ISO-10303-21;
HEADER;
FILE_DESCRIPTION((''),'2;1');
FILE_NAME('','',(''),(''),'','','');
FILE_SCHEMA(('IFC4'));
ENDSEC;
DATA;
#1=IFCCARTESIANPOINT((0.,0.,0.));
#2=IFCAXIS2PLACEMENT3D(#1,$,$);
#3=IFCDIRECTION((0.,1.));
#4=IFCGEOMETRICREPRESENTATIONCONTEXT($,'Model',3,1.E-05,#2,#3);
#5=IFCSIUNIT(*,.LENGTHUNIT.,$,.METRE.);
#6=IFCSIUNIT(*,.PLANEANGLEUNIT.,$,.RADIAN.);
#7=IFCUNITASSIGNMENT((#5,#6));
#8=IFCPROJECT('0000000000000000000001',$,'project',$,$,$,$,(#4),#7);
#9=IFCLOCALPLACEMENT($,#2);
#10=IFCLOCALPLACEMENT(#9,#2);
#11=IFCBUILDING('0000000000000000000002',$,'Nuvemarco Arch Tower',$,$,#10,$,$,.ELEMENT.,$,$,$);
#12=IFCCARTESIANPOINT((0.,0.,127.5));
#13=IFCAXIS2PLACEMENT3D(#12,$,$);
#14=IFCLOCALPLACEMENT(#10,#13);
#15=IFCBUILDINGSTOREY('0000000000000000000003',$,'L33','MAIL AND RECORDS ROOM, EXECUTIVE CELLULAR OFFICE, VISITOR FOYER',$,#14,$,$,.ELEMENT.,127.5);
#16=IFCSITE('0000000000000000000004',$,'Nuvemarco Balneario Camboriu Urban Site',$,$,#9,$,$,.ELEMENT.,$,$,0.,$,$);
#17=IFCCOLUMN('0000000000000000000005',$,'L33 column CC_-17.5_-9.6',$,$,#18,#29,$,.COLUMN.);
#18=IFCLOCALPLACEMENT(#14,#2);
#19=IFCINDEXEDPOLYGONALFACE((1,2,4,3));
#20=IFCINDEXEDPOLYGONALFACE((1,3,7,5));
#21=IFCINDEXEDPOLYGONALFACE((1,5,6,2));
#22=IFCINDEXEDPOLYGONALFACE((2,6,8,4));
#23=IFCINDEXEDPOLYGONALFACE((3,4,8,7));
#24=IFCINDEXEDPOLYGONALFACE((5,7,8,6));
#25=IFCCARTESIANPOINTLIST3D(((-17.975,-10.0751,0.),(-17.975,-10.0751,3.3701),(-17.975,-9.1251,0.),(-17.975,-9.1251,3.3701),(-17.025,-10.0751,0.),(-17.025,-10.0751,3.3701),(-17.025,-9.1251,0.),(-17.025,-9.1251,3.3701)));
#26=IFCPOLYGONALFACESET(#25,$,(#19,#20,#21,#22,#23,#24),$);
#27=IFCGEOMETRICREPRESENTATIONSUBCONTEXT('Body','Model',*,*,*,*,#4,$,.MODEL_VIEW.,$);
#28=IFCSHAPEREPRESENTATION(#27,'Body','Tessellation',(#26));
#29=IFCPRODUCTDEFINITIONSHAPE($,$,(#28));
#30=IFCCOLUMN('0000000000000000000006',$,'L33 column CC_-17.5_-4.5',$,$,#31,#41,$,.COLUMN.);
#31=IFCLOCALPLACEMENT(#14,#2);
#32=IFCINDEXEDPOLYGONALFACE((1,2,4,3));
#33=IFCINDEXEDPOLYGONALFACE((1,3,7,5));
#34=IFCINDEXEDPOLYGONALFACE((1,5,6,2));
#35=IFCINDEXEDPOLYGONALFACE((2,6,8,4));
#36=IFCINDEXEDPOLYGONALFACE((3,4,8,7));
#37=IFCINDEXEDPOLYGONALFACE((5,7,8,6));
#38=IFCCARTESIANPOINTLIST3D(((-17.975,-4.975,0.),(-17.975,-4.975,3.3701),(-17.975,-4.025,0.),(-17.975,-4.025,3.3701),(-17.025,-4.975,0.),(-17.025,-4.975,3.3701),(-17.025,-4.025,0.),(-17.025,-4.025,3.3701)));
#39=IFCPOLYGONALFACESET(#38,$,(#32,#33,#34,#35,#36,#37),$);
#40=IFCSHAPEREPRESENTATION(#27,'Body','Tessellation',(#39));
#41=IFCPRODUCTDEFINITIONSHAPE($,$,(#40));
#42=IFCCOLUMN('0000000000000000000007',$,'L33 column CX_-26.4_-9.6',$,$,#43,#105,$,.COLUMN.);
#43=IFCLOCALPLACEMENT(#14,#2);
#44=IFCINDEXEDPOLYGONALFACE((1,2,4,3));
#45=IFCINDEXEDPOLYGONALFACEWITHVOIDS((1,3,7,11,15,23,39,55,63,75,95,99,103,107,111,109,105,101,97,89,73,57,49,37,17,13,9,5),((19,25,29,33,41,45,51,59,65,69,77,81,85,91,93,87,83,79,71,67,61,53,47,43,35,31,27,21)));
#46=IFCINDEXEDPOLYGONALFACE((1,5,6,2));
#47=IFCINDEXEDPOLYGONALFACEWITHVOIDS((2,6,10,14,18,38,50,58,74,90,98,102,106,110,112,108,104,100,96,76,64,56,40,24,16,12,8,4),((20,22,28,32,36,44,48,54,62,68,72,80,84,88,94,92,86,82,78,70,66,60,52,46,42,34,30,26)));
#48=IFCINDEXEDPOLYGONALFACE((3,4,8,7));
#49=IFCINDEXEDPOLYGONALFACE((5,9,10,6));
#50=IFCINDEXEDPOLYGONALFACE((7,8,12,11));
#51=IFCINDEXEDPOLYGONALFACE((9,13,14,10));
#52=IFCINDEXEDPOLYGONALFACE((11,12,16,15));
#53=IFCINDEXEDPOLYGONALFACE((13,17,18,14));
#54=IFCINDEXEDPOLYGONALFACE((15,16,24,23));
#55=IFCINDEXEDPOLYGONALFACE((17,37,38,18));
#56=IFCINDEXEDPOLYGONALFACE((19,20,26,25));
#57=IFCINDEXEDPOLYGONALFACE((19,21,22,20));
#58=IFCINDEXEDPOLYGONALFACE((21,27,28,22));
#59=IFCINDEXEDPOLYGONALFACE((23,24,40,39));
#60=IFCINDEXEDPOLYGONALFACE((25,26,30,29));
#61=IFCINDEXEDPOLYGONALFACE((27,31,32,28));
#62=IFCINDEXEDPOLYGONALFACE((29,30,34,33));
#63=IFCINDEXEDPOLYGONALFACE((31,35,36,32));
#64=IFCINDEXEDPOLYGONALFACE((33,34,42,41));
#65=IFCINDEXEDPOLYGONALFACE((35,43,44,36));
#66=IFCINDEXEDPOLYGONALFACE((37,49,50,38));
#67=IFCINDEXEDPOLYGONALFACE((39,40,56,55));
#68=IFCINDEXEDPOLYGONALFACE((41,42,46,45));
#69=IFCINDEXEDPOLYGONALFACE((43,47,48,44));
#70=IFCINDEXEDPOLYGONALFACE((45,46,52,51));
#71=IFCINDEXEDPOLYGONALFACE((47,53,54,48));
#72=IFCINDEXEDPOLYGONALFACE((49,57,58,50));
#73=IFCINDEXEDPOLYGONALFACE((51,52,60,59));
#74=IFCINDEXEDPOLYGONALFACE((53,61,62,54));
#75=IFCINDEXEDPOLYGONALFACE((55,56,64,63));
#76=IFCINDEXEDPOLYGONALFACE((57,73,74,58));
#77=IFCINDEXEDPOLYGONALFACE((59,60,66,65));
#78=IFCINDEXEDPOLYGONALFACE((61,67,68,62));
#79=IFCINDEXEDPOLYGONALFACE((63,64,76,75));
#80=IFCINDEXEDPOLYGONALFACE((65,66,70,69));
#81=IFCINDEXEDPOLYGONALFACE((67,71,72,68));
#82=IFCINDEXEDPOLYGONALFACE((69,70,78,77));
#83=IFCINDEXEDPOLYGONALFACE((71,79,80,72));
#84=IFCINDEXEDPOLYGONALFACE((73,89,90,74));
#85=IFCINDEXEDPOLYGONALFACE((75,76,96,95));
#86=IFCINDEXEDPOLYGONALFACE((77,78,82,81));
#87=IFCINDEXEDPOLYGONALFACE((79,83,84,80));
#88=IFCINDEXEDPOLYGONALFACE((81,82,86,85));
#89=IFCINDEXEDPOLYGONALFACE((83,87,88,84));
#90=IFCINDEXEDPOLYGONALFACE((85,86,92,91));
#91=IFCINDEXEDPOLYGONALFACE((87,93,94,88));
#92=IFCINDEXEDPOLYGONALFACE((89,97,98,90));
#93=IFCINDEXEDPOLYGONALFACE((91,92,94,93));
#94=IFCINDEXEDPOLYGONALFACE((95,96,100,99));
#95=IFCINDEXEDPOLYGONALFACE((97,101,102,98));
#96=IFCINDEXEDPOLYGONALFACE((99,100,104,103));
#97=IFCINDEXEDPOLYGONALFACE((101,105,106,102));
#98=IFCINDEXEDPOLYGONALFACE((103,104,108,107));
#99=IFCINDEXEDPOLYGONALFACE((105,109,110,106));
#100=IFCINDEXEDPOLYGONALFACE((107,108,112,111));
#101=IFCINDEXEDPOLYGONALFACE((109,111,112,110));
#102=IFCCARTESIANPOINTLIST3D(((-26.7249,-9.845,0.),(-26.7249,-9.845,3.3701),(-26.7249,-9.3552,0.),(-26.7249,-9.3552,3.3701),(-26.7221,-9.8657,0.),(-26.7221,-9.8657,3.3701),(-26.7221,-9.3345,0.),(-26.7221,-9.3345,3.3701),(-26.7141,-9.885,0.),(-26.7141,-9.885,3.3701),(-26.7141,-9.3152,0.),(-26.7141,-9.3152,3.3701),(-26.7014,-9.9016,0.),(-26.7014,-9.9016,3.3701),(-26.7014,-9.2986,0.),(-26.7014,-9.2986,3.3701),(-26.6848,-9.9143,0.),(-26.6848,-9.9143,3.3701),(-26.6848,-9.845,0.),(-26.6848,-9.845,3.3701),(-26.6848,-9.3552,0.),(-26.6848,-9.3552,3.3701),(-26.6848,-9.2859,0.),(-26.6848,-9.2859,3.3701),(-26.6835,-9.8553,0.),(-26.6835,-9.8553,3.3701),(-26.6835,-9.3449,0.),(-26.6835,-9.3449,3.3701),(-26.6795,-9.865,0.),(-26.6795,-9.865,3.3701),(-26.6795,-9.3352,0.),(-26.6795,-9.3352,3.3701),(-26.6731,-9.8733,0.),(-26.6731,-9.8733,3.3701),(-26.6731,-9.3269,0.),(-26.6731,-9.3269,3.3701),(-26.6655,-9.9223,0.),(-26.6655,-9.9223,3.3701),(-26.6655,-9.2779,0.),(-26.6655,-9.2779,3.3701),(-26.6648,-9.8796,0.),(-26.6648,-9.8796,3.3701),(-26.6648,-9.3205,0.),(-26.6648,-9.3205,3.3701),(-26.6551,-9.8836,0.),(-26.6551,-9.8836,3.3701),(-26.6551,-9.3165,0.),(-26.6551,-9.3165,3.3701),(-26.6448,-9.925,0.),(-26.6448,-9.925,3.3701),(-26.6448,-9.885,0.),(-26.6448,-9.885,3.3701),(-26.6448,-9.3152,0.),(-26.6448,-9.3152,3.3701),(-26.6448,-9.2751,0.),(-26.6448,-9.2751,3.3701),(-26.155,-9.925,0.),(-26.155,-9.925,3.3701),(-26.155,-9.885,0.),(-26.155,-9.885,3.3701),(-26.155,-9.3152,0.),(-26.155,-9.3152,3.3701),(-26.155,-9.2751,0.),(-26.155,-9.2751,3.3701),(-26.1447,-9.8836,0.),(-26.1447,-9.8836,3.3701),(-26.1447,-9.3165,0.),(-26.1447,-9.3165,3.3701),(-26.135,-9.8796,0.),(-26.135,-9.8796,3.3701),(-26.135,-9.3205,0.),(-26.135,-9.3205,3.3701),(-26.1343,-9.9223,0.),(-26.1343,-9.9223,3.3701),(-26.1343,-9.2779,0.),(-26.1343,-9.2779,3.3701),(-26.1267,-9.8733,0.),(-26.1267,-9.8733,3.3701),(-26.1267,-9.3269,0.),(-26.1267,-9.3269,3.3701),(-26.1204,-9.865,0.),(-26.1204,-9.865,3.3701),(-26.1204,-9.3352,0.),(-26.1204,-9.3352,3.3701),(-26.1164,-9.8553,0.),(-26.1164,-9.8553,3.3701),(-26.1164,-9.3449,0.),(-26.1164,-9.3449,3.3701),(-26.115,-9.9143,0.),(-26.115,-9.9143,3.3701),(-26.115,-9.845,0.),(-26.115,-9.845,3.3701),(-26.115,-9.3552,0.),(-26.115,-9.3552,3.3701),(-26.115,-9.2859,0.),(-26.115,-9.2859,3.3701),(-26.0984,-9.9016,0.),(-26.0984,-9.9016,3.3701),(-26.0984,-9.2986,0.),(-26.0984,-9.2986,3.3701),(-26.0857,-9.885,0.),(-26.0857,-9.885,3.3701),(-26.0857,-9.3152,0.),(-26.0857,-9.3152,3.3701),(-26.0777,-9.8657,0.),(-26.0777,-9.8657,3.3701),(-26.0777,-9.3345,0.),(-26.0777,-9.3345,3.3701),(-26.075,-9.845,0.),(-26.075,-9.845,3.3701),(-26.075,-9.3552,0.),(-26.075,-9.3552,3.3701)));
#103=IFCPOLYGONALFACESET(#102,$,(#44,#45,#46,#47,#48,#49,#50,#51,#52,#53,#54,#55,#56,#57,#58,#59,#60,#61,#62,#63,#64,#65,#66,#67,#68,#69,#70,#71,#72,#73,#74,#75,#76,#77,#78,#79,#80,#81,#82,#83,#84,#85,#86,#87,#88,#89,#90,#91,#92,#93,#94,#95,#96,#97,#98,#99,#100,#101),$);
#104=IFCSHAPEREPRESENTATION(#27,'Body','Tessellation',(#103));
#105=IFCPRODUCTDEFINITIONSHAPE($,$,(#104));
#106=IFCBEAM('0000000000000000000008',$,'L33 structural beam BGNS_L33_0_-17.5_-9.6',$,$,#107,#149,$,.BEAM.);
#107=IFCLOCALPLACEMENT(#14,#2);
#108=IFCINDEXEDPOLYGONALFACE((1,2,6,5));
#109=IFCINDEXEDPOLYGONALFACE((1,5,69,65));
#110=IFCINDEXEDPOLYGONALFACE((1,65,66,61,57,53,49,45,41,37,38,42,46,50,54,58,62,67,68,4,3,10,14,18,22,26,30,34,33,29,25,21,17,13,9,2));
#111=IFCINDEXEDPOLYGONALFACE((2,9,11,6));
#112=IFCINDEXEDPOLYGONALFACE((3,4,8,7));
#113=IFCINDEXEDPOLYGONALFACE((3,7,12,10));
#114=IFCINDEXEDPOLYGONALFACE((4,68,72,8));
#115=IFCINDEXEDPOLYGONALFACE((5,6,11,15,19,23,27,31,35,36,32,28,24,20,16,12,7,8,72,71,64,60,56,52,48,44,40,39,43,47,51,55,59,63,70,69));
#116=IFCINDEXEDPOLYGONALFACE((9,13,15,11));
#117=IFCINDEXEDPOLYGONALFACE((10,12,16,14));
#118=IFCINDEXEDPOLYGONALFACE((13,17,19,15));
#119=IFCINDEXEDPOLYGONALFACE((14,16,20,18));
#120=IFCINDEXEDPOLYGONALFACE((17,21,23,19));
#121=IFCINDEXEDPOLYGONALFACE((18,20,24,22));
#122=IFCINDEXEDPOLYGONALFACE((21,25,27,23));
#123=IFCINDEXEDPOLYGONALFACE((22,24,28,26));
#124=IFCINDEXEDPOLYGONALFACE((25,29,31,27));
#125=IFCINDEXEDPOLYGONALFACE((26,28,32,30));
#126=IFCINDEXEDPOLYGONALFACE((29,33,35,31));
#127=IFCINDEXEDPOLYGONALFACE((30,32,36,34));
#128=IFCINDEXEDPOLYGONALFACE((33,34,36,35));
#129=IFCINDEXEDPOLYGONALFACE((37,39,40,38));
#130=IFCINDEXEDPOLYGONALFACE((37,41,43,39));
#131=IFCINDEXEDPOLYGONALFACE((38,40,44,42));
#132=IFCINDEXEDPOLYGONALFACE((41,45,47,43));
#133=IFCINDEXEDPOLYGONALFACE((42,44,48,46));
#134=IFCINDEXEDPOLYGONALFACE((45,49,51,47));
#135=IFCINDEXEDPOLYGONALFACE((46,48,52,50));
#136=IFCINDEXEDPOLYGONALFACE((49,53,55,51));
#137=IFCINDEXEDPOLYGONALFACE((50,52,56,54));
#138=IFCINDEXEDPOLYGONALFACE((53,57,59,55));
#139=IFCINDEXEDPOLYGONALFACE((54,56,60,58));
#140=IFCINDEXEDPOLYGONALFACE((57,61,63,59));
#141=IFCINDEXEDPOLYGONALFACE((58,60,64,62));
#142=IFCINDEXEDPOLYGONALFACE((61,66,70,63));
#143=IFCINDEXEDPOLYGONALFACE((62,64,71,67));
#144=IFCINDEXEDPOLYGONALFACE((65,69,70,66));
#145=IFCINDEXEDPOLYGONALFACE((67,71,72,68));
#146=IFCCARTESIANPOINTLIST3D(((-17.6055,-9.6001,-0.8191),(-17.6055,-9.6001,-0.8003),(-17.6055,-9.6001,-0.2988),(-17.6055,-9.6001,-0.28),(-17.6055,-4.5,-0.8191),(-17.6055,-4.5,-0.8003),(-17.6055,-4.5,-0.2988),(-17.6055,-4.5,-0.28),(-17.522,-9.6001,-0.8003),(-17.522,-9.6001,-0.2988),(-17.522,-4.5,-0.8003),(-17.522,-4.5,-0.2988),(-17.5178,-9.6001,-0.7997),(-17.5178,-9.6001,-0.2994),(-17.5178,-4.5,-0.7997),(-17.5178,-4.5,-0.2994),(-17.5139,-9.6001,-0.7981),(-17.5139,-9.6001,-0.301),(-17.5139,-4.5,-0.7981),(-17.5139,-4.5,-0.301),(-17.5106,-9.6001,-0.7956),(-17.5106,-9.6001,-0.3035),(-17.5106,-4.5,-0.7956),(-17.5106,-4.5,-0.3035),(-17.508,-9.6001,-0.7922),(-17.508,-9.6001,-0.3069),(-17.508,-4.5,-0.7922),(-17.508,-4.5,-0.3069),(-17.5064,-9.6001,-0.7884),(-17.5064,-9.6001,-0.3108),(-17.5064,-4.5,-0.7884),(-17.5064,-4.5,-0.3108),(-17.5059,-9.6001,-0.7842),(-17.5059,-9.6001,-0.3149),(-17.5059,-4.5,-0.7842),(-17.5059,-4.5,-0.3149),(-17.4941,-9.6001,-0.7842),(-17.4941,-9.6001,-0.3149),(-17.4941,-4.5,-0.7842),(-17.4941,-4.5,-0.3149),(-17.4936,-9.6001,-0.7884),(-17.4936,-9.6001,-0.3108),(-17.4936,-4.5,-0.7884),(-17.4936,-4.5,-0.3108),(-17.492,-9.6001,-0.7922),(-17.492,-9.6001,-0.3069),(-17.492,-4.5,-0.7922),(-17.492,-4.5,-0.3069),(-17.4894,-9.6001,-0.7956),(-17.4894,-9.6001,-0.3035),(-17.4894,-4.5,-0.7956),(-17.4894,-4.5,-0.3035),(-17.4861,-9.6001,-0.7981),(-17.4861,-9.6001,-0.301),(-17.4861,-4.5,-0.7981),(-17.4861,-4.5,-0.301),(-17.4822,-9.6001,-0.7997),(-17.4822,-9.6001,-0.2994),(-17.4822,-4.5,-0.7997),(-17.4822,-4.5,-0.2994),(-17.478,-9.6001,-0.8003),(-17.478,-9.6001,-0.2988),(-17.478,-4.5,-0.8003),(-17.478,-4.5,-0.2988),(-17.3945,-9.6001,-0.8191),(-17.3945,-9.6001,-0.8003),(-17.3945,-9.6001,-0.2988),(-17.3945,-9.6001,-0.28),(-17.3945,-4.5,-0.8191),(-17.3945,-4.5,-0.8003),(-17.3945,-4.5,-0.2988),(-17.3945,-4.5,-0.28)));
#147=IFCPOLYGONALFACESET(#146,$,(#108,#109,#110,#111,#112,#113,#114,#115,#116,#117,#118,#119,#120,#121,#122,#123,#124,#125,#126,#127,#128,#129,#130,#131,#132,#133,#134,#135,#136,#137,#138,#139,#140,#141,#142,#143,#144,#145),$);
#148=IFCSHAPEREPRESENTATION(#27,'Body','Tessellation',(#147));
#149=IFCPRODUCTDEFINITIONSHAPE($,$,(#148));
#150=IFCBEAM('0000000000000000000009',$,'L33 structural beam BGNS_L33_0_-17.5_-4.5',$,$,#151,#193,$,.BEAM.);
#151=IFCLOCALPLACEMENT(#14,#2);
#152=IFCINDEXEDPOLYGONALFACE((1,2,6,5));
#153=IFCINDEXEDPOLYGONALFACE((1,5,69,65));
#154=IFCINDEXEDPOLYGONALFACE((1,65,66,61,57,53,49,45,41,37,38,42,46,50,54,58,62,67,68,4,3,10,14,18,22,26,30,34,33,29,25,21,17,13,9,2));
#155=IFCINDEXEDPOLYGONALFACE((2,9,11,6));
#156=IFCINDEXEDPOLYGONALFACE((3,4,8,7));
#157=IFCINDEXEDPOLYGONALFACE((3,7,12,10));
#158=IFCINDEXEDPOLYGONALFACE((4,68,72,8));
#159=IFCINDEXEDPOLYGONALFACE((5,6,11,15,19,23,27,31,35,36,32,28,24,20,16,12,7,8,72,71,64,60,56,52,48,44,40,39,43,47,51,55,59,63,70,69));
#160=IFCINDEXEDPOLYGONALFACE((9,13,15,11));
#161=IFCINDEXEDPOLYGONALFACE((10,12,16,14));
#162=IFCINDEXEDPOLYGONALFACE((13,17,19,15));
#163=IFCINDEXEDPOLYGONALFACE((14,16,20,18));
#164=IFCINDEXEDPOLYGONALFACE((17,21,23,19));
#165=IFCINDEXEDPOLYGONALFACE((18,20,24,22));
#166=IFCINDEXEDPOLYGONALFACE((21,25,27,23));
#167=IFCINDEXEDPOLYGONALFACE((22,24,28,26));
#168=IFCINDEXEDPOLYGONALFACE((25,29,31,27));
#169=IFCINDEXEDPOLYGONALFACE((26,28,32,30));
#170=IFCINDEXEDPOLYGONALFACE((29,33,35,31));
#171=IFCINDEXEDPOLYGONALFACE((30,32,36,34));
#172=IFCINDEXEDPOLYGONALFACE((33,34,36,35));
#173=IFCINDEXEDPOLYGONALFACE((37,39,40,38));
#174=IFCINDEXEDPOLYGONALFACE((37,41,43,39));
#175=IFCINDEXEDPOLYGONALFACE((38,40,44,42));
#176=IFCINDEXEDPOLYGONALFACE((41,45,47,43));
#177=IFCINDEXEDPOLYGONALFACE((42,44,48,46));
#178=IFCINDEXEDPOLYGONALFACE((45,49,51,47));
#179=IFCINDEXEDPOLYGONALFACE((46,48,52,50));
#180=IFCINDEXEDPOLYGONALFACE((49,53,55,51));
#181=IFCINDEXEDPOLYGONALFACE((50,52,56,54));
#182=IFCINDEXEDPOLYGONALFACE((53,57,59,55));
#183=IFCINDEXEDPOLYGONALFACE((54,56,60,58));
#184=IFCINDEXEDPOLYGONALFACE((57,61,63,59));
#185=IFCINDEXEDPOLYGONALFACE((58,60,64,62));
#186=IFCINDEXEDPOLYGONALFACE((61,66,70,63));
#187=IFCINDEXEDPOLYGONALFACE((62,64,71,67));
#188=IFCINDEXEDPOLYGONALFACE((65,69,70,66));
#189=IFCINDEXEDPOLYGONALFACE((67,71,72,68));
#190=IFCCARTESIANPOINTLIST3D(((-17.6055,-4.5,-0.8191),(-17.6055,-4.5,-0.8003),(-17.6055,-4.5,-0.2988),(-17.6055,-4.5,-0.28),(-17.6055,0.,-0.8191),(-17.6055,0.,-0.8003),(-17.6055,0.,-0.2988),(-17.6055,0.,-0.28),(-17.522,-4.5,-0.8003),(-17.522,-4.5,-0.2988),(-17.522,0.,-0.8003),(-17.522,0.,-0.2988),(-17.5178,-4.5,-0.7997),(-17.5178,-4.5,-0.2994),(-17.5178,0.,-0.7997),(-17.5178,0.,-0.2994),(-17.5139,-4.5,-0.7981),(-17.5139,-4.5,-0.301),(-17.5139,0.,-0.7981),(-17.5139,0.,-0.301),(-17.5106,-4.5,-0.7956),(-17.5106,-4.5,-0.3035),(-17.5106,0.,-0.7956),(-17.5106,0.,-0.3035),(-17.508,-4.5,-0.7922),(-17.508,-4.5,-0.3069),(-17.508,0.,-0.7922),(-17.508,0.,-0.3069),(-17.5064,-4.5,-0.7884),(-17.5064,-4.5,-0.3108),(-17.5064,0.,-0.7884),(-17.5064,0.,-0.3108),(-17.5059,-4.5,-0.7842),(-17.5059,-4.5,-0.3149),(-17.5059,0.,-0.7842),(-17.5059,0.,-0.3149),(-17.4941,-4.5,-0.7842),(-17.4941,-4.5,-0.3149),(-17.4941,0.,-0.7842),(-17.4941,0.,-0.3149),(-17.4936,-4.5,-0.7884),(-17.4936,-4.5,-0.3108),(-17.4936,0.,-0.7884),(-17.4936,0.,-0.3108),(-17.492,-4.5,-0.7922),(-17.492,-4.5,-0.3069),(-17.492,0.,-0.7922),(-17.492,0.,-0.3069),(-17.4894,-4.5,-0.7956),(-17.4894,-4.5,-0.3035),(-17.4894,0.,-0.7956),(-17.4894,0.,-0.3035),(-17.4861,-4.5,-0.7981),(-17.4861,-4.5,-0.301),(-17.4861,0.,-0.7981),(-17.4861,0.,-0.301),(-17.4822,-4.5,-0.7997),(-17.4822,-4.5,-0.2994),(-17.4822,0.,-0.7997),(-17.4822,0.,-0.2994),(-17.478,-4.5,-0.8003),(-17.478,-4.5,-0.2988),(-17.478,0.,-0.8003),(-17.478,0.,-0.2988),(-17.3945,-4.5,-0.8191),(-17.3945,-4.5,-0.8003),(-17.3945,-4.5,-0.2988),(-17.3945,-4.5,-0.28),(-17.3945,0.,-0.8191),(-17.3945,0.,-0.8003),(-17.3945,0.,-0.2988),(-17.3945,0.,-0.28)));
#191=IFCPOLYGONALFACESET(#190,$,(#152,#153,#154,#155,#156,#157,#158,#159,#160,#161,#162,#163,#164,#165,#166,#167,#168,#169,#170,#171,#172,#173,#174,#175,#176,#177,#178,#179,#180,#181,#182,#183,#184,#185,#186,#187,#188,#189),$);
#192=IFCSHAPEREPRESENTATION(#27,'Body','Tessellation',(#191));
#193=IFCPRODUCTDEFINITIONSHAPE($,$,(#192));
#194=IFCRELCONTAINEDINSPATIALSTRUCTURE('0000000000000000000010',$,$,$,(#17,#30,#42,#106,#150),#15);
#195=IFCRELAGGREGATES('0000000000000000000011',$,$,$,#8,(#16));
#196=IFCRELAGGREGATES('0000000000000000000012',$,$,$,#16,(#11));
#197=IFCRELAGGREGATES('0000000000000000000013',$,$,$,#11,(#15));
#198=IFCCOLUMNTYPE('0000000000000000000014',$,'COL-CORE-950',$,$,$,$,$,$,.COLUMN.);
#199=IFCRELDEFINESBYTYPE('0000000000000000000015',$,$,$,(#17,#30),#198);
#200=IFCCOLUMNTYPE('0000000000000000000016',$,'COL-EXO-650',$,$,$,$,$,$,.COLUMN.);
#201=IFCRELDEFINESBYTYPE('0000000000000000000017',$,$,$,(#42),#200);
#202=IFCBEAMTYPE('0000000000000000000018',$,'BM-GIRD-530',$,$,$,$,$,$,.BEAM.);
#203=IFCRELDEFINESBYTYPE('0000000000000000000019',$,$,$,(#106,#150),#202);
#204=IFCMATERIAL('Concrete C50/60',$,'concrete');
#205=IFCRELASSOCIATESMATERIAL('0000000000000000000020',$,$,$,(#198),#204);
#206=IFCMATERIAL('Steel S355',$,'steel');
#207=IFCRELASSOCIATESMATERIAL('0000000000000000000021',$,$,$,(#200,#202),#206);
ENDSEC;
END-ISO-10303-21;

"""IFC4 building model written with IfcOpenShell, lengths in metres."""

from ifc_helpers import new_model, si_unit, direction, frame, origin, origin_2d, place, context, subcontext, project, spatial, rectangle, hollow_rectangle, i_section, extrude, material, material_profile, profile_set, type_object, element, save


model = new_model("IFC4")

# Units and contexts
model_context = context("Model", 3, precision=1e-05, world=origin(), true_north=direction((0.0, 1.0)))
body_context = subcontext(model_context, "Body", "Model", "MODEL_VIEW")
ifc_project = project(units=[si_unit("LENGTHUNIT", "METRE"), si_unit("PLANEANGLEUNIT", "RADIAN")], contexts=[model_context])

# Site, building, storey
site_placement = place(None, origin())
site = spatial("IfcSite", under=ifc_project, at=site_placement, Name="Nuvemarco Balneario Camboriu Urban Site", CompositionType="ELEMENT", RefElevation=0.0)
building_placement = place(site_placement, origin())
building = spatial("IfcBuilding", under=site, at=building_placement, Name="Nuvemarco Arch Tower", CompositionType="ELEMENT")
storey_placement = place(building_placement, frame((0.0, 0.0, 127.5)))
storey = spatial("IfcBuildingStorey", under=building, at=storey_placement, Name="L33", Description="MAIL AND RECORDS ROOM, EXECUTIVE CELLULAR OFFICE, VISITOR FOYER", CompositionType="ELEMENT", Elevation=127.5)

# Columns
ifc_material_1 = material(Name="Concrete C50/60", Category="concrete")
ifc_material_profile_1 = material_profile(ifc_material_1, rectangle(XDim=0.95, YDim=0.95, at=origin_2d()), Name="RC-COL-950x950")
ifc_profile_set_1 = profile_set([ifc_material_profile_1], Name="Concrete C50/60")
column_type_1 = type_object("IfcColumnType", Name="COL-CORE-950", PredefinedType="COLUMN", material=ifc_profile_set_1)
for number, where, z_axis, x_axis, name in (
    (1, (-17.5, -9.6001, 0.0), (0.0, 0.0, 1.0), (1.0, 0.0, 0.0), "L33 column CC_-17.5_-9.6"),
    (2, (-17.5, -4.5, 0.0), (0.0, 0.0, 1.0), (1.0, 0.0, 0.0), "L33 column CC_-17.5_-4.5"),
):
    element("IfcColumn", number, at=place(storey_placement, frame(where, z_axis=z_axis, x_axis=x_axis)), inside=storey, type_object=column_type_1, Name=name, PredefinedType="COLUMN", context=body_context, shape_type="SweptSolid", body=[
        extrude(rectangle(XDim=0.95, YDim=0.95, at=origin_2d()), origin(), (0.0, 0.0, 1.0), 3.3701),
    ])
ifc_material_2 = material(Name="Steel S355", Category="steel")
ifc_material_profile_2 = material_profile(ifc_material_2, hollow_rectangle(XDim=0.6499, YDim=0.6499, WallThickness=0.04, InnerFilletRadius=0.04, OuterFilletRadius=0.0801, at=origin_2d()), Name="SHS650x650x40")
ifc_profile_set_2 = profile_set([ifc_material_profile_2], Name="Steel S355")
column_type_2 = type_object("IfcColumnType", Name="COL-EXO-650", PredefinedType="COLUMN", material=ifc_profile_set_2)
column_placement = place(storey_placement, frame((-26.3999, -9.6001, 0.0), z_axis=(0.0, 0.0, 1.0), x_axis=(1.0, 0.0, 0.0)))
element("IfcColumn", 3, at=column_placement, inside=storey, type_object=column_type_2, Name="L33 column CX_-26.4_-9.6", PredefinedType="COLUMN", context=body_context, shape_type="SweptSolid", body=[
    extrude(hollow_rectangle(XDim=0.6499, YDim=0.6499, WallThickness=0.04, InnerFilletRadius=0.04, OuterFilletRadius=0.0801, at=origin_2d()), origin(), (0.0, 0.0, 1.0), 3.3701),
])

# Beams
ifc_material_profile_3 = material_profile(ifc_material_2, i_section(OverallWidth=0.2109, OverallDepth=0.5391, WebThickness=0.0117, FlangeThickness=0.0188, FilletRadius=0.0161, at=origin_2d()), Name="W530x109")
ifc_profile_set_3 = profile_set([ifc_material_profile_3], Name="Steel S355")
beam_type_1 = type_object("IfcBeamType", Name="BM-GIRD-530", PredefinedType="BEAM", material=ifc_profile_set_3)
beam_1_placement = place(storey_placement, frame((-17.5, -9.6001, -0.5496), z_axis=(0.0, 1.0, 0.0), x_axis=(-1.0, 0.0, 0.0)))
element("IfcBeam", 4, at=beam_1_placement, inside=storey, type_object=beam_type_1, Name="L33 structural beam BGNS_L33_0_-17.5_-9.6", PredefinedType="BEAM", context=body_context, shape_type="SweptSolid", body=[
    extrude(i_section(OverallWidth=0.2109, OverallDepth=0.5391, WebThickness=0.0117, FlangeThickness=0.0188, FilletRadius=0.0161, at=origin_2d()), origin(), (0.0, 0.0, 1.0), 5.1001),
])
beam_2_placement = place(storey_placement, frame((-17.5, -4.5, -0.5496), z_axis=(0.0, 1.0, 0.0), x_axis=(-1.0, 0.0, 0.0)))
element("IfcBeam", 5, at=beam_2_placement, inside=storey, type_object=beam_type_1, Name="L33 structural beam BGNS_L33_0_-17.5_-4.5", PredefinedType="BEAM", context=body_context, shape_type="SweptSolid", body=[
    extrude(i_section(OverallWidth=0.2109, OverallDepth=0.5391, WebThickness=0.0117, FlangeThickness=0.0188, FilletRadius=0.0161, at=origin_2d()), origin(), (0.0, 0.0, 1.0), 4.5),
])

save(model, "model.ifc")
